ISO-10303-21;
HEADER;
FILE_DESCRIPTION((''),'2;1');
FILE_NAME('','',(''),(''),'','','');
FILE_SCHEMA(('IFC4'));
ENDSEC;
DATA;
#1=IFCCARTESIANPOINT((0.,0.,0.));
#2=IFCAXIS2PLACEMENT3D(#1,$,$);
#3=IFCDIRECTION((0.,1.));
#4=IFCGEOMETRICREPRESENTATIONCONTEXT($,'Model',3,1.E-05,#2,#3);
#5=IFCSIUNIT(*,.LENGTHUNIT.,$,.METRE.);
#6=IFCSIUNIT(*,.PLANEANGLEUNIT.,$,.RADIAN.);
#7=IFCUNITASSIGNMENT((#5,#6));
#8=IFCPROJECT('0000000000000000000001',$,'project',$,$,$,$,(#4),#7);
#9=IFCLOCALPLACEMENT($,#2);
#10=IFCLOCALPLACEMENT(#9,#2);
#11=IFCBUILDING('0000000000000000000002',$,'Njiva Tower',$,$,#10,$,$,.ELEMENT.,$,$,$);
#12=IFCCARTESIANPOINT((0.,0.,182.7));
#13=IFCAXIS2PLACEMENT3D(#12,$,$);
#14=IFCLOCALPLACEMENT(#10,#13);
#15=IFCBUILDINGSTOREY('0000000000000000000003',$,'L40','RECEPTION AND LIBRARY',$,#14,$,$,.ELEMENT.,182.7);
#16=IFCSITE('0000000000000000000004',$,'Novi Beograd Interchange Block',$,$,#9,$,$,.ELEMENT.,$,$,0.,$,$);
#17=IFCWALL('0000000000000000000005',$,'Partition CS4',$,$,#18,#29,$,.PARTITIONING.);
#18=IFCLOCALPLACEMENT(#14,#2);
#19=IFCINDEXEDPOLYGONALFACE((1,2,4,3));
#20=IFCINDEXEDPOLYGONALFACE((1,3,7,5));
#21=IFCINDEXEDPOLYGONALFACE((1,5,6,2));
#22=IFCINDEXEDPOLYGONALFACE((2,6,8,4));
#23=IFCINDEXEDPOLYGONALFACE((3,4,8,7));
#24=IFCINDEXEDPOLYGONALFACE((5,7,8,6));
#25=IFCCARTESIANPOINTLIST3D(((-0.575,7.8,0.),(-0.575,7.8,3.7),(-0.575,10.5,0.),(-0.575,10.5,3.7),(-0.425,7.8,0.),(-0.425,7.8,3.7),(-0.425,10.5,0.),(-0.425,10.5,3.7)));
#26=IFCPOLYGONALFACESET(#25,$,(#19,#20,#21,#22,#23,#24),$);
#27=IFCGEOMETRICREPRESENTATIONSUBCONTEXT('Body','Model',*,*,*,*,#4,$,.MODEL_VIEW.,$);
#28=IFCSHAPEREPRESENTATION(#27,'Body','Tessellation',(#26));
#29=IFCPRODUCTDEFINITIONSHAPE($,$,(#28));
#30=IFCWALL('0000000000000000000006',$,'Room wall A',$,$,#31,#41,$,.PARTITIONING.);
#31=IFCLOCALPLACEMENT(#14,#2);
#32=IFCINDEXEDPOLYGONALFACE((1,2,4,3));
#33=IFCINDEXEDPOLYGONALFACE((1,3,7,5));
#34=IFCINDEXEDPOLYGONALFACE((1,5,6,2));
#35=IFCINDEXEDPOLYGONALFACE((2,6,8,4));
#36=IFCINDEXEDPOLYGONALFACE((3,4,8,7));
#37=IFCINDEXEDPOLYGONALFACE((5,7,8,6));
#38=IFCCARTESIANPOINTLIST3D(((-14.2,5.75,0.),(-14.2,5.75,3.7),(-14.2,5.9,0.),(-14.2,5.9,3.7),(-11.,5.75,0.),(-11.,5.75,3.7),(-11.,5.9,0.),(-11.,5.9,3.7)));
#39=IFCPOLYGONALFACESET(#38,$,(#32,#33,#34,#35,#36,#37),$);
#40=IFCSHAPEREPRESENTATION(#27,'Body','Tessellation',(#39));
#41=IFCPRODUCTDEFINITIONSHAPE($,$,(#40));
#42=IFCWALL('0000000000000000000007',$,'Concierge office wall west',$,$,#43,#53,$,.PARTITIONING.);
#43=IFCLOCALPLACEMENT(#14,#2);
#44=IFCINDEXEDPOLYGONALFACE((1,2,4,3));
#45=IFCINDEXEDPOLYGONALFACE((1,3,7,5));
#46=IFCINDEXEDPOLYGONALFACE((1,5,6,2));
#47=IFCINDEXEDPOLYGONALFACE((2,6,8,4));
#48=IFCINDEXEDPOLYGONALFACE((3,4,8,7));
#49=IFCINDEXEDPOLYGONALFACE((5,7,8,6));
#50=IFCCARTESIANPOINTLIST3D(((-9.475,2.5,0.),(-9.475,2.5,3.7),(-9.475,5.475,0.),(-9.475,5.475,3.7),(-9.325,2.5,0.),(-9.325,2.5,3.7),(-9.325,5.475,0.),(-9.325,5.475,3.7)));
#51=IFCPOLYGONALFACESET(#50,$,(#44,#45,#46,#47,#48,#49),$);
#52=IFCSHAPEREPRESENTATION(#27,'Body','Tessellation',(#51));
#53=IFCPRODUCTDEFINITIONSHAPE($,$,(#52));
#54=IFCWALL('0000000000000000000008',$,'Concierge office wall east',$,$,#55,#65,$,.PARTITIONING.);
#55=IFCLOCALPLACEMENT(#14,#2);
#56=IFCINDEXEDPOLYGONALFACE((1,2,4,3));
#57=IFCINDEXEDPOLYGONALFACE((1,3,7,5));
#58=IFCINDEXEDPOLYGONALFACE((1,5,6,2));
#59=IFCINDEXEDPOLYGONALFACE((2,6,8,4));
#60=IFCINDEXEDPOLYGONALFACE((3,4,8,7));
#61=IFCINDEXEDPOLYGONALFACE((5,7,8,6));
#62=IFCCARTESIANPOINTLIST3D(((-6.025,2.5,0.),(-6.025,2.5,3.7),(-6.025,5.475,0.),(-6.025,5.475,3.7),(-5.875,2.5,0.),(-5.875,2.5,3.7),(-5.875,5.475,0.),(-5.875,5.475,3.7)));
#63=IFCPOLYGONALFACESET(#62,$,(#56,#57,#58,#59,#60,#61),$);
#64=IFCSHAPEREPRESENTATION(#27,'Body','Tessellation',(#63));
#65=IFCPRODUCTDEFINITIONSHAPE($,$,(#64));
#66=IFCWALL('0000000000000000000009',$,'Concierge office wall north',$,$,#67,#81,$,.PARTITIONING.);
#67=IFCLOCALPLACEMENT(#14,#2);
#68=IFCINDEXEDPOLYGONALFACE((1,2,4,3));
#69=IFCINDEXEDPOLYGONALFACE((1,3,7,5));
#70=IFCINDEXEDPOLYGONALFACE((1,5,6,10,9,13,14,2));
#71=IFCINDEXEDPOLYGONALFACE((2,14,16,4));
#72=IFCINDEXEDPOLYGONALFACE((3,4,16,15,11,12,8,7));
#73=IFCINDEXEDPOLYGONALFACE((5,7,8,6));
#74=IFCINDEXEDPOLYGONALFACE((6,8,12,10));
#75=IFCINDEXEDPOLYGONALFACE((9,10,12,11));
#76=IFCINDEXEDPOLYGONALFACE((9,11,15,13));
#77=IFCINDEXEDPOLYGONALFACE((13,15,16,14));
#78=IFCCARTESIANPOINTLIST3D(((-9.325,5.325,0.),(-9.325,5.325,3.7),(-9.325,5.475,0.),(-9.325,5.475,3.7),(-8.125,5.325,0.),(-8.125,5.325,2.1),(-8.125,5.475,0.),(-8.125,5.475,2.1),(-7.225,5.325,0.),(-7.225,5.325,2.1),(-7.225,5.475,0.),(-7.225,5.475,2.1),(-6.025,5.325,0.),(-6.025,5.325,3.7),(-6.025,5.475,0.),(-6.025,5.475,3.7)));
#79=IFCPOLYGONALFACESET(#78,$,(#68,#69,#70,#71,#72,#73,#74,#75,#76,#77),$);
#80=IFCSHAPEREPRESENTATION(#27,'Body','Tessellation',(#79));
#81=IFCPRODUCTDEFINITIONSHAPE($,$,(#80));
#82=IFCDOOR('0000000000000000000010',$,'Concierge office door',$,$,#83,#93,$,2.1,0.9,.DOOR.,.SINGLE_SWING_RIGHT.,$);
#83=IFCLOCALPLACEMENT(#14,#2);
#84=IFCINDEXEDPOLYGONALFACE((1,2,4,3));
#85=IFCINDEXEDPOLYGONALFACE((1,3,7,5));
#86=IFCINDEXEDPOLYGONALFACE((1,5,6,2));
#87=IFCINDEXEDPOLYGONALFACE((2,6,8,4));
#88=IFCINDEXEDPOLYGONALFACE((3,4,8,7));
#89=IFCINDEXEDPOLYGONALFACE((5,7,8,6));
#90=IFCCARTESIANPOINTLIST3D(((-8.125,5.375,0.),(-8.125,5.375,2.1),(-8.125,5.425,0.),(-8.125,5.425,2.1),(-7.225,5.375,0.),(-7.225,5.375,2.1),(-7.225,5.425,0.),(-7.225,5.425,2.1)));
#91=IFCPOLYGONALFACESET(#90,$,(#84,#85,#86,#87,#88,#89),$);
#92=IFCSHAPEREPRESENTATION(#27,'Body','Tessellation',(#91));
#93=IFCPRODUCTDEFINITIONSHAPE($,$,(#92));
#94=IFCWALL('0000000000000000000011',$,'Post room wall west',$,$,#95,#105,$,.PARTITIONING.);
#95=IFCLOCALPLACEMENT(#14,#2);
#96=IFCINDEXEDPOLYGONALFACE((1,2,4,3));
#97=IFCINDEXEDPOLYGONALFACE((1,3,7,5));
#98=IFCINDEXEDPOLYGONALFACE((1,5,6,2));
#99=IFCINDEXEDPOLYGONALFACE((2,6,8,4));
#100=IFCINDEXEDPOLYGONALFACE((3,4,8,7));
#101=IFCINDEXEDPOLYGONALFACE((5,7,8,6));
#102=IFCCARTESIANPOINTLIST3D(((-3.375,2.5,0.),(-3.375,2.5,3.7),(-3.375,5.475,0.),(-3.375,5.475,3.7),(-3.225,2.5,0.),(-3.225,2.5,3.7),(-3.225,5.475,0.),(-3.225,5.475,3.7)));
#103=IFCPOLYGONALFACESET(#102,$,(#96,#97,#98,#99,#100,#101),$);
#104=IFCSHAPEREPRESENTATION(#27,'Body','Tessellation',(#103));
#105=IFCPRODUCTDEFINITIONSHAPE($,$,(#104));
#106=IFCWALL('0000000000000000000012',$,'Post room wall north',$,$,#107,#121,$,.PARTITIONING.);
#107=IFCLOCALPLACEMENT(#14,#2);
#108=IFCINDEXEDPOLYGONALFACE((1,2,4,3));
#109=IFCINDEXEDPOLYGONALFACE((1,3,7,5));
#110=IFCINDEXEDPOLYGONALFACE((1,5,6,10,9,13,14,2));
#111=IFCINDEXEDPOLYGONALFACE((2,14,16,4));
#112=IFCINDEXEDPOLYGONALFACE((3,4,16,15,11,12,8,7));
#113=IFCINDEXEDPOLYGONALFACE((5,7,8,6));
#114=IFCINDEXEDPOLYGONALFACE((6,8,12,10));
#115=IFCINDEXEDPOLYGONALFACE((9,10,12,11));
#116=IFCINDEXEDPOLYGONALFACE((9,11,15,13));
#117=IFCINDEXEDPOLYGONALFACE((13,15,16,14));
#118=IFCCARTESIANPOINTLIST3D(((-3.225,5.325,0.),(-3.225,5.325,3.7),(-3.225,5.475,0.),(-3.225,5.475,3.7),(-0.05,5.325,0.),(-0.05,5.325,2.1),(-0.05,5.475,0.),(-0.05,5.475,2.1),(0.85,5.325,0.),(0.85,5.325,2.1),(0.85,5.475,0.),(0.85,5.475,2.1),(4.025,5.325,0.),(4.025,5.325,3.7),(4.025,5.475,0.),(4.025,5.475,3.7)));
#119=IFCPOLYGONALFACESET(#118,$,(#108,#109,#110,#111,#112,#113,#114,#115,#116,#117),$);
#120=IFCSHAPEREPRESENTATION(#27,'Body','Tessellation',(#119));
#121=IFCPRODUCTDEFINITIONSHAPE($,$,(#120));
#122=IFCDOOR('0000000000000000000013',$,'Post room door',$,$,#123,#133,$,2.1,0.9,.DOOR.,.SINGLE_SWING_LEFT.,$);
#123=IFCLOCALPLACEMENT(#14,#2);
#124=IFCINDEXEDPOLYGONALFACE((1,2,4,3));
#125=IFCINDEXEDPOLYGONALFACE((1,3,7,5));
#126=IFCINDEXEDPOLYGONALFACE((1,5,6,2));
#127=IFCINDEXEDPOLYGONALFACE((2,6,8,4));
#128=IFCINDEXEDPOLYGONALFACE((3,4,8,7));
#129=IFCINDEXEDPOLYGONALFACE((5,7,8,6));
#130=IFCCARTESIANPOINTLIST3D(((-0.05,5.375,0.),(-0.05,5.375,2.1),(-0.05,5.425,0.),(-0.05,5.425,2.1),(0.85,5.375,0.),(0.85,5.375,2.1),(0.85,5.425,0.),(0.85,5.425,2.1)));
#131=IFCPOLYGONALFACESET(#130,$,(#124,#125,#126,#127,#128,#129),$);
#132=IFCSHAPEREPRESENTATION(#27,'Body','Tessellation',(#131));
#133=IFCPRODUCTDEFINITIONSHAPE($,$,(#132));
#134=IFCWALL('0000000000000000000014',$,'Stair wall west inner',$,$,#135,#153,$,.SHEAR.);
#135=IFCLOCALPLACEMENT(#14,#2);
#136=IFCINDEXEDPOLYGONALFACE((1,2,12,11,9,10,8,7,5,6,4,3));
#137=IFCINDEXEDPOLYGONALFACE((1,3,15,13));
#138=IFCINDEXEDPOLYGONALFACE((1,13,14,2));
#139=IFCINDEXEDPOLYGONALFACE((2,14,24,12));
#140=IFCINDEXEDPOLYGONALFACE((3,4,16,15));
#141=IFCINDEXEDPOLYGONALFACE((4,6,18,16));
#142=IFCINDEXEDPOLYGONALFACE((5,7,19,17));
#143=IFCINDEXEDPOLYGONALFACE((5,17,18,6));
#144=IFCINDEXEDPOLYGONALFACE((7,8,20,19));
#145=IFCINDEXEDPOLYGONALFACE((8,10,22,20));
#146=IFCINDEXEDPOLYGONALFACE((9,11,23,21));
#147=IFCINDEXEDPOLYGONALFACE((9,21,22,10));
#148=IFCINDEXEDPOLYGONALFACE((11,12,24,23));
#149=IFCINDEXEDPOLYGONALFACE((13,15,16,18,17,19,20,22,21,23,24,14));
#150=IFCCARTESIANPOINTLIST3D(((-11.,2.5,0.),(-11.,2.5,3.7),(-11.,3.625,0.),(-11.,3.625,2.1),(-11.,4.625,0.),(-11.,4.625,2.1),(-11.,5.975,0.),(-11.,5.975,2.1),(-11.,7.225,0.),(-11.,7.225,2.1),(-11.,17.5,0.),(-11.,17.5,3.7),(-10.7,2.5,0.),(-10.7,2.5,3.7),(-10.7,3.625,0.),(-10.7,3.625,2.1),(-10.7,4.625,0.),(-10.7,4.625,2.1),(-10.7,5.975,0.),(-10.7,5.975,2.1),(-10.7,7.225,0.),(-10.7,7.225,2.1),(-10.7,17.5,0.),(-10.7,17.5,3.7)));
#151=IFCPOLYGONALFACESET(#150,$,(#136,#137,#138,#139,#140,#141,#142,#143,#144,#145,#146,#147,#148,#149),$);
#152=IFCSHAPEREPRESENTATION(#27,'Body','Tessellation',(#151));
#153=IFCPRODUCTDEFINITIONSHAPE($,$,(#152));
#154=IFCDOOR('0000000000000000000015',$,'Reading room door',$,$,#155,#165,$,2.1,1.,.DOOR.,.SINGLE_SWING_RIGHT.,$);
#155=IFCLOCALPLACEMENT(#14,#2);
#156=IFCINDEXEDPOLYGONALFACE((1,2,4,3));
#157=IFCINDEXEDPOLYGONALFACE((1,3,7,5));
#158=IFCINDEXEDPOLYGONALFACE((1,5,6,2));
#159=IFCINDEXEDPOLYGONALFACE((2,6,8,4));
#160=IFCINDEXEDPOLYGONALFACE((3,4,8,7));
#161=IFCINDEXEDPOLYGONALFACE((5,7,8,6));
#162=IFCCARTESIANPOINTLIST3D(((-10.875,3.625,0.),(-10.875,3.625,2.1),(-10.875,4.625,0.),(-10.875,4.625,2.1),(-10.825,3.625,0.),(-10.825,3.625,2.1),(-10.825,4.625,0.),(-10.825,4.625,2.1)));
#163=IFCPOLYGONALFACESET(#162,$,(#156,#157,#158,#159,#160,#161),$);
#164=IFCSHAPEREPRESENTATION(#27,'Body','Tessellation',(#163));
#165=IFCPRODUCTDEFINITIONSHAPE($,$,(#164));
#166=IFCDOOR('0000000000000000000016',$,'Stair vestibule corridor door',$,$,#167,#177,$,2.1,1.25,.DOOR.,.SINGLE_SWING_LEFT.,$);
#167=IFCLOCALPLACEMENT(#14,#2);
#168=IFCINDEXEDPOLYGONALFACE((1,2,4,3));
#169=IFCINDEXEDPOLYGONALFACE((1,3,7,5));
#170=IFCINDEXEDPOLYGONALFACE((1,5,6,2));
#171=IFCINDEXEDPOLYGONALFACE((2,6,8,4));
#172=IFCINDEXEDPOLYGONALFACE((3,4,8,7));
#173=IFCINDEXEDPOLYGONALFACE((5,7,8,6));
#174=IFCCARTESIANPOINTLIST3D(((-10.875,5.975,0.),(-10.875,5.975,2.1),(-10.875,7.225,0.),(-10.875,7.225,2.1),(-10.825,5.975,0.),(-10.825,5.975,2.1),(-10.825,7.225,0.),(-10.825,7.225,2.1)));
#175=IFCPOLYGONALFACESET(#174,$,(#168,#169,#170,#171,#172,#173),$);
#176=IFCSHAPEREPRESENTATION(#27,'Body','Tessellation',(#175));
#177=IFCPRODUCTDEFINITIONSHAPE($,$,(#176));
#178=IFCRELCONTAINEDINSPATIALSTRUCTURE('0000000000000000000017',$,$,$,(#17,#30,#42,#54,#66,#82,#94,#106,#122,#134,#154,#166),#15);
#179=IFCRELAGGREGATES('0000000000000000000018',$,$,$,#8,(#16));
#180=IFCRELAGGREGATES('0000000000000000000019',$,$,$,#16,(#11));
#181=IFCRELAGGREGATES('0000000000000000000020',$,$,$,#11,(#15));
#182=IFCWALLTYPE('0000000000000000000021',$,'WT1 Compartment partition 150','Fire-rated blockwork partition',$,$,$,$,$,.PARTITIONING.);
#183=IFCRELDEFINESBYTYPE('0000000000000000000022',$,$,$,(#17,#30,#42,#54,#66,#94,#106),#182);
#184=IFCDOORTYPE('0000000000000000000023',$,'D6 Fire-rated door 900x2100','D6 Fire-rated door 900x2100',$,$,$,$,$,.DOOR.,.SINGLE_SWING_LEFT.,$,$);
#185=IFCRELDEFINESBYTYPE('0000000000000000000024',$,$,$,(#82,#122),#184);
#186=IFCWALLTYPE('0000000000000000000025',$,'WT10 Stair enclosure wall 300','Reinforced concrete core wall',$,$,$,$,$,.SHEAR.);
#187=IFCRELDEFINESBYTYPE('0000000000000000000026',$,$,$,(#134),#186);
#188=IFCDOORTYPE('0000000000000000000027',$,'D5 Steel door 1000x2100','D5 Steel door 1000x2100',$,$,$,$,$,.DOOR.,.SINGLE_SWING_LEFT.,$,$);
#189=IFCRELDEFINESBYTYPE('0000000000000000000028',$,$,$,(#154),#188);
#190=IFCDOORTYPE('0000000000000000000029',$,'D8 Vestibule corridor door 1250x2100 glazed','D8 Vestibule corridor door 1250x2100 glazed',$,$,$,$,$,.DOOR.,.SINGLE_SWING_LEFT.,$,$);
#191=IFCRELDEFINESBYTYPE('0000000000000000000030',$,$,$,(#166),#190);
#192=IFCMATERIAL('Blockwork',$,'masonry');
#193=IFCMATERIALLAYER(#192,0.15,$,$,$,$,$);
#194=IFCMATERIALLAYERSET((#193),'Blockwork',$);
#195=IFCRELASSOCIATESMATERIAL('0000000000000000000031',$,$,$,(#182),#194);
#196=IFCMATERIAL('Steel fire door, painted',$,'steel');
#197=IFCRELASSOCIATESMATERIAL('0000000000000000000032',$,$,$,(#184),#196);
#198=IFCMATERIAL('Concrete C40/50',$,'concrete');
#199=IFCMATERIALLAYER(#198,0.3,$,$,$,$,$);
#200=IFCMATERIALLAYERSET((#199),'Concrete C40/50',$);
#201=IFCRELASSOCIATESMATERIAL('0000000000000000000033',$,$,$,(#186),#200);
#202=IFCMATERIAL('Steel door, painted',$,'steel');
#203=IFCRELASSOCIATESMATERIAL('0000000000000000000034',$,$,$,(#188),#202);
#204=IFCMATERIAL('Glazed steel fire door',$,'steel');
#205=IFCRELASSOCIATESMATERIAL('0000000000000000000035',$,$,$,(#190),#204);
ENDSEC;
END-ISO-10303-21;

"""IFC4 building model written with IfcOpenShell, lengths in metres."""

from ifc_helpers import new_model, si_unit, direction, frame, frame_2d, origin, place, context, subcontext, project, spatial, rectangle, extrude, material, layer, layer_set, type_object, element, fill, save


model = new_model("IFC4")

# Units and contexts
model_context = context("Model", 3, precision=1e-05, world=origin(), true_north=direction((0.0, 1.0)))
body_context = subcontext(model_context, "Body", "Model", "MODEL_VIEW")
ifc_project = project(units=[si_unit("LENGTHUNIT", "METRE"), si_unit("PLANEANGLEUNIT", "RADIAN")], contexts=[model_context])

# Site, building, storey
site_placement = place(None, origin())
site = spatial("IfcSite", under=ifc_project, at=site_placement, Name="Novi Beograd Interchange Block", CompositionType="ELEMENT", RefElevation=0.0)
building_placement = place(site_placement, origin())
building = spatial("IfcBuilding", under=site, at=building_placement, Name="Njiva Tower", CompositionType="ELEMENT")
storey_placement = place(building_placement, frame((0.0, 0.0, 182.7)))
storey = spatial("IfcBuildingStorey", under=building, at=storey_placement, Name="L40", Description="RECEPTION AND LIBRARY", CompositionType="ELEMENT", Elevation=182.7)

# Walls
ifc_material_1 = material(Name="Blockwork", Category="masonry")
ifc_layer_1 = layer(ifc_material_1, 0.15)
ifc_layer_set_1 = layer_set([ifc_layer_1], Name="Blockwork")
wall_type_1 = type_object("IfcWallType", Name="WT1 Compartment partition 150", Description="Fire-rated blockwork partition", PredefinedType="PARTITIONING", material=ifc_layer_set_1)
wall_1_placement = place(storey_placement, frame((-0.5, 7.8, 0.0), z_axis=(0.0, 0.0, 1.0), x_axis=(0.0, 1.0, 0.0)))
element("IfcWall", 1, at=wall_1_placement, inside=storey, type_object=wall_type_1, Name="Partition CS4", PredefinedType="PARTITIONING", context=body_context, shape_type="SweptSolid", body=[
    extrude(rectangle(XDim=2.7, YDim=0.15, at=frame_2d((1.35, 0.0))), origin(), (0.0, 0.0, 1.0), 3.7),
])
wall_2_placement = place(storey_placement, frame((-14.2, 5.825, 0.0), z_axis=(0.0, 0.0, 1.0), x_axis=(1.0, 0.0, 0.0)))
element("IfcWall", 2, at=wall_2_placement, inside=storey, type_object=wall_type_1, Name="Room wall A", PredefinedType="PARTITIONING", context=body_context, shape_type="SweptSolid", body=[
    extrude(rectangle(XDim=3.2, YDim=0.15, at=frame_2d((1.6, 0.0))), origin(), (0.0, 0.0, 1.0), 3.7),
])
for number, where, z_axis, x_axis, name in (
    (3, (-9.4, 2.5, 0.0), (0.0, 0.0, 1.0), (0.0, 1.0, 0.0), "Concierge office wall west"),
    (4, (-5.95, 2.5, 0.0), (0.0, 0.0, 1.0), (0.0, 1.0, 0.0), "Concierge office wall east"),
):
    element("IfcWall", number, at=place(storey_placement, frame(where, z_axis=z_axis, x_axis=x_axis)), inside=storey, type_object=wall_type_1, Name=name, PredefinedType="PARTITIONING", context=body_context, shape_type="SweptSolid", body=[
        extrude(rectangle(XDim=2.975, YDim=0.15, at=frame_2d((1.4875, 0.0))), origin(), (0.0, 0.0, 1.0), 3.7),
    ])

# Wall, opening, door
wall_3_placement = place(storey_placement, frame((-9.325, 5.4, 0.0), z_axis=(0.0, 0.0, 1.0), x_axis=(1.0, 0.0, 0.0)))
wall_3 = element("IfcWall", 5, at=wall_3_placement, inside=storey, type_object=wall_type_1, Name="Concierge office wall north", PredefinedType="PARTITIONING", context=body_context, shape_type="SweptSolid", body=[
    extrude(rectangle(XDim=3.3, YDim=0.15, at=frame_2d((1.65, 0.0))), origin(), (0.0, 0.0, 1.0), 3.7),
])
opening_1_placement = place(wall_3_placement, frame((1.2, 0.0, 0.0)))
opening_1 = element("IfcOpeningElement", 6, at=opening_1_placement, cuts=wall_3, PredefinedType="OPENING", context=body_context, shape_type="SweptSolid", body=[
    extrude(rectangle(XDim=0.9, YDim=2.1, at=frame_2d((0.45, 1.05))), frame((0.0, 0.085, 0.0), z_axis=(0.0, -1.0, 0.0), x_axis=(1.0, 0.0, 0.0)), (0.0, 0.0, 1.0), 0.17),
])
ifc_material_2 = material(Name="Steel fire door, painted", Category="steel")
door_type_1 = type_object("IfcDoorType", Name="D6 Fire-rated door 900x2100", Description="D6 Fire-rated door 900x2100", OperationType="SINGLE_SWING_LEFT", PredefinedType="DOOR", material=ifc_material_2)
door_1_placement = place(opening_1_placement, origin())
door_1 = element("IfcDoor", 7, at=door_1_placement, inside=storey, type_object=door_type_1, Name="Concierge office door", OperationType="SINGLE_SWING_RIGHT", OverallHeight=2.1, OverallWidth=0.9, PredefinedType="DOOR", context=body_context, shape_type="SweptSolid", body=[
    extrude(rectangle(XDim=0.9, YDim=2.1, at=frame_2d((0.45, 1.05))), frame((0.0, 0.025, 0.0), z_axis=(0.0, -1.0, 0.0), x_axis=(1.0, 0.0, 0.0)), (0.0, 0.0, 1.0), 0.05),
])
fill(opening_1, door_1)

# Wall
wall_4_placement = place(storey_placement, frame((-3.3, 2.5, 0.0), z_axis=(0.0, 0.0, 1.0), x_axis=(0.0, 1.0, 0.0)))
element("IfcWall", 8, at=wall_4_placement, inside=storey, type_object=wall_type_1, Name="Post room wall west", PredefinedType="PARTITIONING", context=body_context, shape_type="SweptSolid", body=[
    extrude(rectangle(XDim=2.975, YDim=0.15, at=frame_2d((1.4875, 0.0))), origin(), (0.0, 0.0, 1.0), 3.7),
])

# Wall, opening, door
wall_5_placement = place(storey_placement, frame((-3.225, 5.4, 0.0), z_axis=(0.0, 0.0, 1.0), x_axis=(1.0, 0.0, 0.0)))
wall_5 = element("IfcWall", 9, at=wall_5_placement, inside=storey, type_object=wall_type_1, Name="Post room wall north", PredefinedType="PARTITIONING", context=body_context, shape_type="SweptSolid", body=[
    extrude(rectangle(XDim=7.25, YDim=0.15, at=frame_2d((3.625, 0.0))), origin(), (0.0, 0.0, 1.0), 3.7),
])
opening_2_placement = place(wall_5_placement, frame((3.175, 0.0, 0.0)))
opening_2 = element("IfcOpeningElement", 10, at=opening_2_placement, cuts=wall_5, PredefinedType="OPENING", context=body_context, shape_type="SweptSolid", body=[
    extrude(rectangle(XDim=0.9, YDim=2.1, at=frame_2d((0.45, 1.05))), frame((0.0, 0.085, 0.0), z_axis=(0.0, -1.0, 0.0), x_axis=(1.0, 0.0, 0.0)), (0.0, 0.0, 1.0), 0.17),
])
door_2_placement = place(opening_2_placement, origin())
door_2 = element("IfcDoor", 11, at=door_2_placement, inside=storey, type_object=door_type_1, Name="Post room door", OperationType="SINGLE_SWING_LEFT", OverallHeight=2.1, OverallWidth=0.9, PredefinedType="DOOR", context=body_context, shape_type="SweptSolid", body=[
    extrude(rectangle(XDim=0.9, YDim=2.1, at=frame_2d((0.45, 1.05))), frame((0.0, 0.025, 0.0), z_axis=(0.0, -1.0, 0.0), x_axis=(1.0, 0.0, 0.0)), (0.0, 0.0, 1.0), 0.05),
])
fill(opening_2, door_2)

# Wall, openings, doors
ifc_material_3 = material(Name="Concrete C40/50", Category="concrete")
ifc_layer_2 = layer(ifc_material_3, 0.3)
ifc_layer_set_2 = layer_set([ifc_layer_2], Name="Concrete C40/50")
wall_type_2 = type_object("IfcWallType", Name="WT10 Stair enclosure wall 300", Description="Reinforced concrete core wall", PredefinedType="SHEAR", material=ifc_layer_set_2)
wall_6_placement = place(storey_placement, frame((-10.85, 2.5, 0.0), z_axis=(0.0, 0.0, 1.0), x_axis=(0.0, 1.0, 0.0)))
wall_6 = element("IfcWall", 12, at=wall_6_placement, inside=storey, type_object=wall_type_2, Name="Stair wall west inner", PredefinedType="SHEAR", context=body_context, shape_type="SweptSolid", body=[
    extrude(rectangle(XDim=15.0, YDim=0.3, at=frame_2d((7.5, 0.0))), origin(), (0.0, 0.0, 1.0), 3.7),
])
opening_3_placement = place(wall_6_placement, frame((3.475, 0.0, 0.0)))
opening_3 = element("IfcOpeningElement", 13, at=opening_3_placement, cuts=wall_6, PredefinedType="OPENING", context=body_context, shape_type="SweptSolid", body=[
    extrude(rectangle(XDim=1.25, YDim=2.1, at=frame_2d((0.625, 1.05))), frame((0.0, 0.16, 0.0), z_axis=(0.0, -1.0, 0.0), x_axis=(1.0, 0.0, 0.0)), (0.0, 0.0, 1.0), 0.32),
])
opening_4_placement = place(wall_6_placement, frame((1.125, 0.0, 0.0)))
opening_4 = element("IfcOpeningElement", 14, at=opening_4_placement, cuts=wall_6, PredefinedType="OPENING", context=body_context, shape_type="SweptSolid", body=[
    extrude(rectangle(XDim=1.0, YDim=2.1, at=frame_2d((0.5, 1.05))), frame((0.0, 0.16, 0.0), z_axis=(0.0, -1.0, 0.0), x_axis=(1.0, 0.0, 0.0)), (0.0, 0.0, 1.0), 0.32),
])
ifc_material_4 = material(Name="Steel door, painted", Category="steel")
door_type_2 = type_object("IfcDoorType", Name="D5 Steel door 1000x2100", Description="D5 Steel door 1000x2100", OperationType="SINGLE_SWING_LEFT", PredefinedType="DOOR", material=ifc_material_4)
door_3_placement = place(opening_4_placement, origin())
door_3 = element("IfcDoor", 15, at=door_3_placement, inside=storey, type_object=door_type_2, Name="Reading room door", OperationType="SINGLE_SWING_RIGHT", OverallHeight=2.1, OverallWidth=1.0, PredefinedType="DOOR", context=body_context, shape_type="SweptSolid", body=[
    extrude(rectangle(XDim=1.0, YDim=2.1, at=frame_2d((0.5, 1.05))), frame((0.0, 0.025, 0.0), z_axis=(0.0, -1.0, 0.0), x_axis=(1.0, 0.0, 0.0)), (0.0, 0.0, 1.0), 0.05),
])
fill(opening_4, door_3)
ifc_material_5 = material(Name="Glazed steel fire door", Category="steel")
door_type_3 = type_object("IfcDoorType", Name="D8 Vestibule corridor door 1250x2100 glazed", Description="D8 Vestibule corridor door 1250x2100 glazed", OperationType="SINGLE_SWING_LEFT", PredefinedType="DOOR", material=ifc_material_5)
door_4_placement = place(opening_3_placement, origin())
door_4 = element("IfcDoor", 16, at=door_4_placement, inside=storey, type_object=door_type_3, Name="Stair vestibule corridor door", OperationType="SINGLE_SWING_LEFT", OverallHeight=2.1, OverallWidth=1.25, PredefinedType="DOOR", context=body_context, shape_type="SweptSolid", body=[
    extrude(rectangle(XDim=1.25, YDim=2.1, at=frame_2d((0.625, 1.05))), frame((0.0, 0.025, 0.0), z_axis=(0.0, -1.0, 0.0), x_axis=(1.0, 0.0, 0.0)), (0.0, 0.0, 1.0), 0.05),
])
fill(opening_3, door_4)

save(model, "model.ifc")
